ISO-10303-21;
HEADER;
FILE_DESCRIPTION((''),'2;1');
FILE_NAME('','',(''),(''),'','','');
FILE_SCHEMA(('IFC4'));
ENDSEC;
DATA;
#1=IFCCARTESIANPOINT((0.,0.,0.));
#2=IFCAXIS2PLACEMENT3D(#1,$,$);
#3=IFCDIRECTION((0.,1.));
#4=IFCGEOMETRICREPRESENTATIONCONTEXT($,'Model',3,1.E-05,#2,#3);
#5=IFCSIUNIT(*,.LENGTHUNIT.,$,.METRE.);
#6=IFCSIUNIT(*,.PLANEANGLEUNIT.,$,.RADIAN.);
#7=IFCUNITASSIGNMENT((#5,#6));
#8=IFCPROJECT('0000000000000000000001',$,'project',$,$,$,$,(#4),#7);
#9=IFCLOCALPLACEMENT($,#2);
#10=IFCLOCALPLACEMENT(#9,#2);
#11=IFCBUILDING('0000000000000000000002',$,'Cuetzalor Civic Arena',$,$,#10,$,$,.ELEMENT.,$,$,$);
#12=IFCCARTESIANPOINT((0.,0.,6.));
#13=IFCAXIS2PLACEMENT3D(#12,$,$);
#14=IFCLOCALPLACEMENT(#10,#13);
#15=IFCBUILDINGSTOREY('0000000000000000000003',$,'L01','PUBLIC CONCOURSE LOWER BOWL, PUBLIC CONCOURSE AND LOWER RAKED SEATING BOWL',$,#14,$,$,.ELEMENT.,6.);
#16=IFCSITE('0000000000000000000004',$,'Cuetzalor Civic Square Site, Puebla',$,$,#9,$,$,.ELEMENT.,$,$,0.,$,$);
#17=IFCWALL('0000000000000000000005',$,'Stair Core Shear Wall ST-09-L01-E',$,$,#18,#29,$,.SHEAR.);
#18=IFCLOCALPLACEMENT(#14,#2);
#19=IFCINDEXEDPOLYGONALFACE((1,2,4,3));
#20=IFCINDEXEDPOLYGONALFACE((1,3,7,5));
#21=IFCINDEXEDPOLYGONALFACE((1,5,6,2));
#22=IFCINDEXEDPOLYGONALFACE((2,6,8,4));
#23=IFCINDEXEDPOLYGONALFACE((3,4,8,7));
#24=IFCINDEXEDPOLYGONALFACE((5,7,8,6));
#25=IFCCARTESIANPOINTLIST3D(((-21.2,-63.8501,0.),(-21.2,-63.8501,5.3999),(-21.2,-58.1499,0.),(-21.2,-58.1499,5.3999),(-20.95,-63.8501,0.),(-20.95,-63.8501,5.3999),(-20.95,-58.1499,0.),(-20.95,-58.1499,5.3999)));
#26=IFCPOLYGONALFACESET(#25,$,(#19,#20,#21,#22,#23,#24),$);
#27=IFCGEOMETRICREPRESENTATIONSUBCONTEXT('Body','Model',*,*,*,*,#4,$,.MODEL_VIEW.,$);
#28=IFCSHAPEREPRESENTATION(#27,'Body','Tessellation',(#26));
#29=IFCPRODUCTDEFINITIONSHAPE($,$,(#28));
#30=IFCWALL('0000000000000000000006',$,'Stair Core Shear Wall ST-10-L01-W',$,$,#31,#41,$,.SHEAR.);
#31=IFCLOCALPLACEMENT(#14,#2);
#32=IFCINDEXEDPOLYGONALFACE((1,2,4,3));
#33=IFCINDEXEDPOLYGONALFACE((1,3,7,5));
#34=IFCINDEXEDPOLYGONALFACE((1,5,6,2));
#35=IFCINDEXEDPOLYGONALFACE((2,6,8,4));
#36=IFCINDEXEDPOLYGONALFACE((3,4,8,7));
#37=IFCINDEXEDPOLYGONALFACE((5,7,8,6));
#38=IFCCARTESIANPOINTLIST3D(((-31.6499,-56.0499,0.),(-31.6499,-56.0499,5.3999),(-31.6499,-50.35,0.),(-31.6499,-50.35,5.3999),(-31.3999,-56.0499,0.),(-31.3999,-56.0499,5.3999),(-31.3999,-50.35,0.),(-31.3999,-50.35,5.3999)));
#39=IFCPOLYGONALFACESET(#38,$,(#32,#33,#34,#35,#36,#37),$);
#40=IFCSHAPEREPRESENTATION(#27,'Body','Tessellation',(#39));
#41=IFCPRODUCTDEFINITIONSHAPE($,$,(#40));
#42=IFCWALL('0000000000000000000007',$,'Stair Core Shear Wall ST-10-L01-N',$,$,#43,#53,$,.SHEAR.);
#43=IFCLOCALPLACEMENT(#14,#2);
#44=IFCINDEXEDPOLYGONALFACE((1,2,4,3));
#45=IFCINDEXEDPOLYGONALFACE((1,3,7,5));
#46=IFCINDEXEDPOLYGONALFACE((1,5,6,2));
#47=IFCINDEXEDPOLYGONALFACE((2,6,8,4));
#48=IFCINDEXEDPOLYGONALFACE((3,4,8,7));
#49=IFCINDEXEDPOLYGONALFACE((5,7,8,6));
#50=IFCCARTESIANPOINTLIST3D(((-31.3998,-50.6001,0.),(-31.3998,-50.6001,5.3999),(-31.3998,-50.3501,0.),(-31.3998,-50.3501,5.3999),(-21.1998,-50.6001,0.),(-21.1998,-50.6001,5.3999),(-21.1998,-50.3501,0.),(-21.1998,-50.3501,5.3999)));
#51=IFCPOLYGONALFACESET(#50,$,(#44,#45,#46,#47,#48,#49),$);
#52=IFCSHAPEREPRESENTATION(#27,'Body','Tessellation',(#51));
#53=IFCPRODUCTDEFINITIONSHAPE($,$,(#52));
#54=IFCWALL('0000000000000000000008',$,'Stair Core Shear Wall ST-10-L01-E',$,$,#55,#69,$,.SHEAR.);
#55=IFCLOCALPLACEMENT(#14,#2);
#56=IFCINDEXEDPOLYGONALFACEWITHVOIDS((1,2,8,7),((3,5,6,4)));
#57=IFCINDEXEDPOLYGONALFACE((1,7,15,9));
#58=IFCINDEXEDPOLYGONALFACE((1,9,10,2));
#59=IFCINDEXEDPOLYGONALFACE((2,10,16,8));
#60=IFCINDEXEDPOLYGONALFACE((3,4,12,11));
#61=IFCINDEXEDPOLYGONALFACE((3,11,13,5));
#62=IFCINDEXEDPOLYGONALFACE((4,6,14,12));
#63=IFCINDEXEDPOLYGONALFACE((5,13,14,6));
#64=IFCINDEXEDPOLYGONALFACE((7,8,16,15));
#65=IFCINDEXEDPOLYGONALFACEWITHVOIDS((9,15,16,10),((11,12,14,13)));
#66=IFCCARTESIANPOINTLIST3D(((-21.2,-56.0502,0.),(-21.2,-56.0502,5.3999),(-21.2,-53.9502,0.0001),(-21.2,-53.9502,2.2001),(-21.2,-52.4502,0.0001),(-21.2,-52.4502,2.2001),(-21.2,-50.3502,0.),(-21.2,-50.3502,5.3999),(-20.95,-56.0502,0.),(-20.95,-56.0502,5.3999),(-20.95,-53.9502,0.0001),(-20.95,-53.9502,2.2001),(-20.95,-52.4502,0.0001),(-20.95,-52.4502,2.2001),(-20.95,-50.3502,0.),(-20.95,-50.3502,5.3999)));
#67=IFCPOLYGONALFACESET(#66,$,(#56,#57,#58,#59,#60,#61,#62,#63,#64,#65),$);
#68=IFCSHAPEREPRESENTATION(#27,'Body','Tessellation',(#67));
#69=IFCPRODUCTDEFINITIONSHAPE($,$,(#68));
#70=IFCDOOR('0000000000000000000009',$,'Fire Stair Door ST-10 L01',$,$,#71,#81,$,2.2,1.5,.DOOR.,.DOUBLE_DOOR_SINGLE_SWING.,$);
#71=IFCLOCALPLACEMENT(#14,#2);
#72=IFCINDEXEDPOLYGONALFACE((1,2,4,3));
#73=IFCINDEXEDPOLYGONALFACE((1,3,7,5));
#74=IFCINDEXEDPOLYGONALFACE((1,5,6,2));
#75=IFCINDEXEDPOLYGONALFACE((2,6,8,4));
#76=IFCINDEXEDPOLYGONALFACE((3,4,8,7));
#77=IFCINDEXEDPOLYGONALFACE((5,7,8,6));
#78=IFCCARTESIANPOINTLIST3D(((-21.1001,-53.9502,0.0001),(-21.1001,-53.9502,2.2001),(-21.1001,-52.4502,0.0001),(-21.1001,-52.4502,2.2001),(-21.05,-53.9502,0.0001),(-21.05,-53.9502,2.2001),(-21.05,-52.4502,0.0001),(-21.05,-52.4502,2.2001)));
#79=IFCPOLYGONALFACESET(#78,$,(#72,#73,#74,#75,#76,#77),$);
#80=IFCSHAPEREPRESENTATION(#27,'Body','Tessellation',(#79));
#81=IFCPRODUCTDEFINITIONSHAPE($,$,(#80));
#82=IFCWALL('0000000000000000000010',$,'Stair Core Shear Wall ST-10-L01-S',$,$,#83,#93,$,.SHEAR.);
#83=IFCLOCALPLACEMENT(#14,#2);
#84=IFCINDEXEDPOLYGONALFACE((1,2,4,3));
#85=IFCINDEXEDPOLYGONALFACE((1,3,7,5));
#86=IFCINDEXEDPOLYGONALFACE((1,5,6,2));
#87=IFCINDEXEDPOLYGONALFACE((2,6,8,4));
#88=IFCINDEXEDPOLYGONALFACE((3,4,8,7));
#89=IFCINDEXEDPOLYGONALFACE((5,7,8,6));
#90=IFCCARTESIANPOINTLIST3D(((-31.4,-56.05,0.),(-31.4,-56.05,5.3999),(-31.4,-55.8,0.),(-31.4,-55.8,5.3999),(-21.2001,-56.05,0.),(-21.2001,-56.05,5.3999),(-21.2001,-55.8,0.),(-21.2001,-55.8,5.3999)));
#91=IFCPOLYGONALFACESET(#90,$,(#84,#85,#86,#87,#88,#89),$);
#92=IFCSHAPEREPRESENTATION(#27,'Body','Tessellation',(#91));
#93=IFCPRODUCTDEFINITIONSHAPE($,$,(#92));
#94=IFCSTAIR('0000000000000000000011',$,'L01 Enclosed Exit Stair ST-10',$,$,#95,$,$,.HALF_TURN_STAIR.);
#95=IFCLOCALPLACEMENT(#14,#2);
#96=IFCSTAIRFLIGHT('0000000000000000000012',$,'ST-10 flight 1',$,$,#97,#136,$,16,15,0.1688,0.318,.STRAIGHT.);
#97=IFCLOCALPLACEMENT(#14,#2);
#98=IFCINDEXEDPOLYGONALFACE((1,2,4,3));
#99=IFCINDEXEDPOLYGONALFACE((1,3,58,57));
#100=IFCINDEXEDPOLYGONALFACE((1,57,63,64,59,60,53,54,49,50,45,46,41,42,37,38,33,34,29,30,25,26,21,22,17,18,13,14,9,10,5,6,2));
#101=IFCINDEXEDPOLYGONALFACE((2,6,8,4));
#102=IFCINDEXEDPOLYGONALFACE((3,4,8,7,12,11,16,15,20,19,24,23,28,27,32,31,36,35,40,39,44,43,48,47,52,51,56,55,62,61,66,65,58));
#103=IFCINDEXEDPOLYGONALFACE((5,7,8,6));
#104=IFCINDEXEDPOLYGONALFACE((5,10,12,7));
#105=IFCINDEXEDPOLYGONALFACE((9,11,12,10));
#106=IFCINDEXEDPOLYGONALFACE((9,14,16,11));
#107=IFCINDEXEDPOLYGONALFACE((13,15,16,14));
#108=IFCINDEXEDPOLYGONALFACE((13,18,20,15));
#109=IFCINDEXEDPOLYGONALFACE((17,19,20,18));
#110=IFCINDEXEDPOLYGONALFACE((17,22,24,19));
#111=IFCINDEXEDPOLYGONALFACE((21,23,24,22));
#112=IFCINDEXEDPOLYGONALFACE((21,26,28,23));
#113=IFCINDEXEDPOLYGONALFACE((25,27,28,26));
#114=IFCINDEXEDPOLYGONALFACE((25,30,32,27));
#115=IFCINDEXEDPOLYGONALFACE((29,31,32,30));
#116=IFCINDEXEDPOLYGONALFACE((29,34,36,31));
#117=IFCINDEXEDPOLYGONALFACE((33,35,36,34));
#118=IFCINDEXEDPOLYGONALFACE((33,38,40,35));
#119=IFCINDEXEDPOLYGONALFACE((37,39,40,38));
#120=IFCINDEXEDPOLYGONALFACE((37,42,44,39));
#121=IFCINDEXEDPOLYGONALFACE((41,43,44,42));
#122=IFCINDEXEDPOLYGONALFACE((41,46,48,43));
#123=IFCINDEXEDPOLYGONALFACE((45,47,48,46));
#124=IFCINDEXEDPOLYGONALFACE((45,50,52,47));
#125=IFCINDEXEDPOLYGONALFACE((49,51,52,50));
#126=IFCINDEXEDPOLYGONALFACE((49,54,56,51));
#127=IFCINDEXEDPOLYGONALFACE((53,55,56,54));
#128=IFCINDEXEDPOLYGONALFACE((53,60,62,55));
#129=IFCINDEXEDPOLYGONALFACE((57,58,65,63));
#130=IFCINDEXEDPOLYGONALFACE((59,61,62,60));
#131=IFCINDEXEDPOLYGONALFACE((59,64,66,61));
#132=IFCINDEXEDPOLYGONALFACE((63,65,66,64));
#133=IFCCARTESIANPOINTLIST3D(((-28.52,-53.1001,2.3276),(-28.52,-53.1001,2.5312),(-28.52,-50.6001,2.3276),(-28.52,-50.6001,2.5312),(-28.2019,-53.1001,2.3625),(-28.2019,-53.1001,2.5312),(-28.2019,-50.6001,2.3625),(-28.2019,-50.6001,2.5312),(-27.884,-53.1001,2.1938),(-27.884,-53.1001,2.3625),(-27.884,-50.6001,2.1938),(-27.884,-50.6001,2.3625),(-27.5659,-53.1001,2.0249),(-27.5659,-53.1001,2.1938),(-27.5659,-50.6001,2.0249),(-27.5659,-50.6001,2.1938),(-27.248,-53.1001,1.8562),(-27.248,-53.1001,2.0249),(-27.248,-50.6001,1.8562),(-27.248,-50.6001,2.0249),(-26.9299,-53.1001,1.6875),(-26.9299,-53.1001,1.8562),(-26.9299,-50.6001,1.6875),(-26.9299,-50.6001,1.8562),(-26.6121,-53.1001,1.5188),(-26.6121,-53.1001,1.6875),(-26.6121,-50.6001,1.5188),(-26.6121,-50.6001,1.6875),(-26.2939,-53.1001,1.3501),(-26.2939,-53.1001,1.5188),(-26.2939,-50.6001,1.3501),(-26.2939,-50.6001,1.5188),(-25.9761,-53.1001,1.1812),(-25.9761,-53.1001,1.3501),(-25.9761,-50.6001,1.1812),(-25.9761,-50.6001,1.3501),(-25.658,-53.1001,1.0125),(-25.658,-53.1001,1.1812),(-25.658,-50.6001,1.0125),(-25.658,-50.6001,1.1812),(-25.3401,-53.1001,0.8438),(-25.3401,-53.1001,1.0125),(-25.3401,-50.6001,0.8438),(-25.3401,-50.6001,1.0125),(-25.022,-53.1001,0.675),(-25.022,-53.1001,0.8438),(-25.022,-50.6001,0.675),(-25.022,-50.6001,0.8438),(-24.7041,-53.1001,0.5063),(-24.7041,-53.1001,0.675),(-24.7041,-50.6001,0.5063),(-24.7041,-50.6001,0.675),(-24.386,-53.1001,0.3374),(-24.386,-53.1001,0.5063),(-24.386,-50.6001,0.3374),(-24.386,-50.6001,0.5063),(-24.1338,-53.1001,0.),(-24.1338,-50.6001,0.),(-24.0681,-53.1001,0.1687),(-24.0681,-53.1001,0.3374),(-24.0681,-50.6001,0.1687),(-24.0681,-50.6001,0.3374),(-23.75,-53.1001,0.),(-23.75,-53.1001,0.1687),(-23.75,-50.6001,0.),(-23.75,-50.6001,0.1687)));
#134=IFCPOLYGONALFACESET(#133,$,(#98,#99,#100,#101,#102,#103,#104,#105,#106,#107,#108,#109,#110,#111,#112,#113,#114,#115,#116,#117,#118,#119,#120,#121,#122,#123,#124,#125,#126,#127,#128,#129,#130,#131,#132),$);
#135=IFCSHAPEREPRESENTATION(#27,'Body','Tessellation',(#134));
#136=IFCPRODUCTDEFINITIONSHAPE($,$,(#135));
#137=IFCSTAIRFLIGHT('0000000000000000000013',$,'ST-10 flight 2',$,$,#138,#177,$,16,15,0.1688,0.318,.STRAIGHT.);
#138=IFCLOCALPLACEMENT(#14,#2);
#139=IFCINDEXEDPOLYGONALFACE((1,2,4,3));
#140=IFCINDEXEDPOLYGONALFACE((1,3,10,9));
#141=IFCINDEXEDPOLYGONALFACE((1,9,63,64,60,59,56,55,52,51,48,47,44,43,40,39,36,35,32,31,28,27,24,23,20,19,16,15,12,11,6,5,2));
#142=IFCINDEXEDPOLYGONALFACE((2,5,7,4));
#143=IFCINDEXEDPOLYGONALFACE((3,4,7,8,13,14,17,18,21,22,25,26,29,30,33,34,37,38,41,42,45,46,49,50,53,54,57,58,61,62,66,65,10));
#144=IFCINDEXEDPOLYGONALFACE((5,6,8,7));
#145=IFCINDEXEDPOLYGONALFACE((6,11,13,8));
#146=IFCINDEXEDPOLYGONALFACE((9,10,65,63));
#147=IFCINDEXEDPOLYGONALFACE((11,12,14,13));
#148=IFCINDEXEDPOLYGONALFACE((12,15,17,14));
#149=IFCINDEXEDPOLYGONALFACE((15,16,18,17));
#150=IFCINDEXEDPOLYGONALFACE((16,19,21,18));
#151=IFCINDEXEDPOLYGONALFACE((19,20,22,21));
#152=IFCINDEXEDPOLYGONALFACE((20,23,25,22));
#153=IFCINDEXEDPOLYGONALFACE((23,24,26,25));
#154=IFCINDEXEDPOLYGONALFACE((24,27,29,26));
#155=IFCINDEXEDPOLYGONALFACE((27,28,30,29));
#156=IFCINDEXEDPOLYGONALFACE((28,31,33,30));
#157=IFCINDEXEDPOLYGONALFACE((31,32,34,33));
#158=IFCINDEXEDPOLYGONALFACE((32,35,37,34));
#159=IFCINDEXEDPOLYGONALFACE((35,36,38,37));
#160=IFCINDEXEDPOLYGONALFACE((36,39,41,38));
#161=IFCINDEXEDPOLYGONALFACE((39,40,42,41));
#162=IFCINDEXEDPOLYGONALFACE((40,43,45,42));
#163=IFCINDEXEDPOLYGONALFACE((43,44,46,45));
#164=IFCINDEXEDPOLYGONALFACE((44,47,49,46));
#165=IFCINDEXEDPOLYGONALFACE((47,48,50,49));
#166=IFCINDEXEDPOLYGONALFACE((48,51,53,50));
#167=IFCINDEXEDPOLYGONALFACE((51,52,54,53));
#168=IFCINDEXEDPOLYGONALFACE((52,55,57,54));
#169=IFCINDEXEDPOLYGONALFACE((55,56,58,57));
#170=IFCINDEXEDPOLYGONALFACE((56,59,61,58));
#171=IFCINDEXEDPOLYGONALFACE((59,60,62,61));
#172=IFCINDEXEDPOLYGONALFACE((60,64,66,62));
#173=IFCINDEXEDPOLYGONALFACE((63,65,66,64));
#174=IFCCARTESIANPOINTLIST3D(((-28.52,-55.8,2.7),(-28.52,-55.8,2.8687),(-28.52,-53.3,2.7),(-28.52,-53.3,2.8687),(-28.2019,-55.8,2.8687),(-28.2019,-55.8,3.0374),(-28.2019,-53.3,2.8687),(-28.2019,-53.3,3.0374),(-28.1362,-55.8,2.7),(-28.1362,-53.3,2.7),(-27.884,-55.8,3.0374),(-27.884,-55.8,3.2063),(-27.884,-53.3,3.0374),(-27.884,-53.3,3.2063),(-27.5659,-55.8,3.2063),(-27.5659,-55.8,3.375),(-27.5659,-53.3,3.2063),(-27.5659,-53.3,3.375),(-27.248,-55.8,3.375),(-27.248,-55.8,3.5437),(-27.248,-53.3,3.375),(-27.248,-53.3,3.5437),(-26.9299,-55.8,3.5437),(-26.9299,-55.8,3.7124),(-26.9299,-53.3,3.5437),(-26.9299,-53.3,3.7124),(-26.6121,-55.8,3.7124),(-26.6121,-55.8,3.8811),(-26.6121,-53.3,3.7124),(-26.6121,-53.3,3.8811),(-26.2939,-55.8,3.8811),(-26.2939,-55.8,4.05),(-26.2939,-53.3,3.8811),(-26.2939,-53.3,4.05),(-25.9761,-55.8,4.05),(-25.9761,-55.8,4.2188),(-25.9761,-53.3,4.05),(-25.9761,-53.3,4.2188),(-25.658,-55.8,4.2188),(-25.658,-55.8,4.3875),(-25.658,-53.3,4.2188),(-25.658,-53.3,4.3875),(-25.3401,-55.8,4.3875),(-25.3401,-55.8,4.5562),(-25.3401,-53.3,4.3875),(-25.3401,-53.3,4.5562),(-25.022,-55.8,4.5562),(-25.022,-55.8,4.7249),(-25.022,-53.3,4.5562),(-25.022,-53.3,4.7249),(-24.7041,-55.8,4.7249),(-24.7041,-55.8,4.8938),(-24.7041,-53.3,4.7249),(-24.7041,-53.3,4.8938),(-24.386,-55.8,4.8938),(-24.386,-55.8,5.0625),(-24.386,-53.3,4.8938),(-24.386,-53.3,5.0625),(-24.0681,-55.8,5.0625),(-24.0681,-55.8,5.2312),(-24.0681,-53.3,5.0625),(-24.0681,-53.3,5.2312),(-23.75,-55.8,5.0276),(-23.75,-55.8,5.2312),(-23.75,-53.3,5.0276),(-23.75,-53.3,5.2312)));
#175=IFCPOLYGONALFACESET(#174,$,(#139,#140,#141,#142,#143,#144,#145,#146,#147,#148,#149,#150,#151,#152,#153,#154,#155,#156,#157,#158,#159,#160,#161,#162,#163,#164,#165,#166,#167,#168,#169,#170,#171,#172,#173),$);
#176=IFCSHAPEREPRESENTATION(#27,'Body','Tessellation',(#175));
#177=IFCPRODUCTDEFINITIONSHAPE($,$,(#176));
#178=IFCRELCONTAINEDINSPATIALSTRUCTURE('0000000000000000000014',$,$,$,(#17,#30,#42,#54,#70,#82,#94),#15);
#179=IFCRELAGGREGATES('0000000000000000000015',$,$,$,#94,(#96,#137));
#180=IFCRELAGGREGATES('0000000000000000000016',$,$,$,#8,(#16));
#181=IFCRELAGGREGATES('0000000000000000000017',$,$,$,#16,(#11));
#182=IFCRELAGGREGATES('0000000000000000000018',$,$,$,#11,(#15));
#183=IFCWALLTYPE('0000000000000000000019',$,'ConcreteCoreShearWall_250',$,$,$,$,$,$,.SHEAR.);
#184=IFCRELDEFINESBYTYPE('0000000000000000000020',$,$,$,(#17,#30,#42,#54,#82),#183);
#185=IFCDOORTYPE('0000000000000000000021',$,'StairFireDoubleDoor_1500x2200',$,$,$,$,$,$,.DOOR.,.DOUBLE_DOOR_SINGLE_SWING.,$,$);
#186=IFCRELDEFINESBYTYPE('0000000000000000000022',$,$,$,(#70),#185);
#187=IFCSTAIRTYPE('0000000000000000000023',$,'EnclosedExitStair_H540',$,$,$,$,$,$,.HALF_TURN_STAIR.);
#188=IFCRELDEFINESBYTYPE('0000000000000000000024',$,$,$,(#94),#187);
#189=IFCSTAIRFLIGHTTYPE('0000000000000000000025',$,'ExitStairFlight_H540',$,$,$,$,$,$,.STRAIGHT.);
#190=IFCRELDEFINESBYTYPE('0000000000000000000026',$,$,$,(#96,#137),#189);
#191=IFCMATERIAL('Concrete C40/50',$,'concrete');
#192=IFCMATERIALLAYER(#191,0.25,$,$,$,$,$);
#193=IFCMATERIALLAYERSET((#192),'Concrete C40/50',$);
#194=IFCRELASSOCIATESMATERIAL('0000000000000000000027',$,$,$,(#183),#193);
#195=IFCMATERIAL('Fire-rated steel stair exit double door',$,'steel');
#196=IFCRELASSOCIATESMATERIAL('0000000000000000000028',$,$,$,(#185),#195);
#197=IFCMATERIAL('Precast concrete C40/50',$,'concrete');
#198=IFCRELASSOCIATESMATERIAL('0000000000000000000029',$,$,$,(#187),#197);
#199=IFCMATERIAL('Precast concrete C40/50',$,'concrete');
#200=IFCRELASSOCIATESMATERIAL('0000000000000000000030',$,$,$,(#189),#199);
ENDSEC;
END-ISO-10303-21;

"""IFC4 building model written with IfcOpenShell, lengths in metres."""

from ifc_helpers import new_model, si_unit, direction, frame, frame_2d, origin, place, context, subcontext, project, spatial, polyline, rectangle, outline, extrude, material, layer, layer_set, type_object, element, fill, aggregate, save


model = new_model("IFC4")

# Units and contexts
model_context = context("Model", 3, precision=1e-05, world=origin(), true_north=direction((0.0, 1.0)))
body_context = subcontext(model_context, "Body", "Model", "MODEL_VIEW")
ifc_project = project(units=[si_unit("LENGTHUNIT", "METRE"), si_unit("PLANEANGLEUNIT", "RADIAN")], contexts=[model_context])

# Site, building, storey
site_placement = place(None, origin())
site = spatial("IfcSite", under=ifc_project, at=site_placement, Name="Cuetzalor Civic Square Site, Puebla", CompositionType="ELEMENT", RefElevation=0.0)
building_placement = place(site_placement, origin())
building = spatial("IfcBuilding", under=site, at=building_placement, Name="Cuetzalor Civic Arena", CompositionType="ELEMENT")
storey_placement = place(building_placement, frame((0.0, 0.0, 6.0)))
storey = spatial("IfcBuildingStorey", under=building, at=storey_placement, Name="L01", Description="PUBLIC CONCOURSE LOWER BOWL, PUBLIC CONCOURSE AND LOWER RAKED SEATING BOWL", CompositionType="ELEMENT", Elevation=6.0)

# Walls
ifc_material_1 = material(Name="Concrete C40/50", Category="concrete")
ifc_layer_1 = layer(ifc_material_1, 0.25)
ifc_layer_set_1 = layer_set([ifc_layer_1], Name="Concrete C40/50")
wall_type_1 = type_object("IfcWallType", Name="ConcreteCoreShearWall_250", PredefinedType="SHEAR", material=ifc_layer_set_1)
wall_1_placement = place(storey_placement, frame((-21.075, -58.1499, 0.0), z_axis=(0.0, 0.0, 1.0), x_axis=(0.0, -1.0, 0.0)))
element("IfcWall", 1, at=wall_1_placement, inside=storey, type_object=wall_type_1, Name="Stair Core Shear Wall ST-09-L01-E", PredefinedType="SHEAR", context=body_context, shape_type="SweptSolid", body=[
    extrude(rectangle(XDim=5.7002, YDim=0.25, at=frame_2d((2.8501, 0.0))), origin(), (0.0, 0.0, 1.0), 5.3999),
])
wall_2_placement = place(storey_placement, frame((-31.5249, -56.05, 0.0), z_axis=(0.0, 0.0, 1.0), x_axis=(0.0, 1.0, 0.0)))
element("IfcWall", 2, at=wall_2_placement, inside=storey, type_object=wall_type_1, Name="Stair Core Shear Wall ST-10-L01-W", PredefinedType="SHEAR", context=body_context, shape_type="SweptSolid", body=[
    extrude(rectangle(XDim=5.7, YDim=0.25, at=frame_2d((2.8501, 0.0))), origin(), (0.0, 0.0, 1.0), 5.3999),
])
wall_3_placement = place(storey_placement, frame((-31.3999, -50.4751, 0.0), z_axis=(0.0, 0.0, 1.0), x_axis=(1.0, 0.0, 0.0)))
element("IfcWall", 3, at=wall_3_placement, inside=storey, type_object=wall_type_1, Name="Stair Core Shear Wall ST-10-L01-N", PredefinedType="SHEAR", context=body_context, shape_type="SweptSolid", body=[
    extrude(rectangle(XDim=10.2, YDim=0.25, at=frame_2d((5.1001, 0.0))), origin(), (0.0, 0.0, 1.0), 5.3999),
])

# Wall, opening, door
wall_4_placement = place(storey_placement, frame((-21.075, -50.3501, 0.0), z_axis=(0.0, 0.0, 1.0), x_axis=(0.0, -1.0, 0.0)))
wall_4 = element("IfcWall", 4, at=wall_4_placement, inside=storey, type_object=wall_type_1, Name="Stair Core Shear Wall ST-10-L01-E", PredefinedType="SHEAR", context=body_context, shape_type="SweptSolid", body=[
    extrude(rectangle(XDim=5.7, YDim=0.25, at=frame_2d((2.8501, 0.0))), origin(), (0.0, 0.0, 1.0), 5.3999),
])
opening_1_placement = place(wall_4_placement, frame((2.1001, 0.0, 0.0)))
opening_1 = element("IfcOpeningElement", 5, at=opening_1_placement, cuts=wall_4, PredefinedType="OPENING", context=body_context, shape_type="SweptSolid", body=[
    extrude(rectangle(XDim=1.5, YDim=2.2, at=frame_2d((0.75, 1.1001))), frame((0.0, 0.135, 0.0), z_axis=(0.0, -1.0, 0.0), x_axis=(1.0, 0.0, 0.0)), (0.0, 0.0, 1.0), 0.27),
])
ifc_material_2 = material(Name="Fire-rated steel stair exit double door", Category="steel")
door_type_1 = type_object("IfcDoorType", Name="StairFireDoubleDoor_1500x2200", OperationType="DOUBLE_DOOR_SINGLE_SWING", PredefinedType="DOOR", material=ifc_material_2)
door_1_placement = place(opening_1_placement, origin())
door_1 = element("IfcDoor", 6, at=door_1_placement, inside=storey, type_object=door_type_1, Name="Fire Stair Door ST-10 L01", OperationType="DOUBLE_DOOR_SINGLE_SWING", OverallHeight=2.2, OverallWidth=1.5, PredefinedType="DOOR", context=body_context, shape_type="SweptSolid", body=[
    extrude(rectangle(XDim=1.5, YDim=2.2, at=frame_2d((0.75, 1.1001))), frame((0.0, 0.0249, 0.0), z_axis=(0.0, -1.0, 0.0), x_axis=(1.0, 0.0, 0.0)), (0.0, 0.0, 1.0), 0.05),
])
fill(opening_1, door_1)

# Wall
wall_5_placement = place(storey_placement, frame((-21.2, -55.925, 0.0), z_axis=(0.0, 0.0, 1.0), x_axis=(-1.0, 0.0, 0.0)))
element("IfcWall", 7, at=wall_5_placement, inside=storey, type_object=wall_type_1, Name="Stair Core Shear Wall ST-10-L01-S", PredefinedType="SHEAR", context=body_context, shape_type="SweptSolid", body=[
    extrude(rectangle(XDim=10.2, YDim=0.25, at=frame_2d((5.1001, 0.0))), origin(), (0.0, 0.0, 1.0), 5.3999),
])

# Stair, stair flights
ifc_material_3 = material(Name="Precast concrete C40/50", Category="concrete")
stair_type = type_object("IfcStairType", Name="EnclosedExitStair_H540", PredefinedType="HALF_TURN_STAIR", material=ifc_material_3)
stair_placement = place(storey_placement, origin())
stair = element("IfcStair", 8, at=stair_placement, inside=storey, type_object=stair_type, Name="L01 Enclosed Exit Stair ST-10", PredefinedType="HALF_TURN_STAIR")
ifc_material_4 = material(Name="Precast concrete C40/50", Category="concrete")
stair_flight_type = type_object("IfcStairFlightType", Name="ExitStairFlight_H540", PredefinedType="STRAIGHT", material=ifc_material_4)
stair_flight_1_placement = place(storey_placement, frame((-23.75, -51.8501, 0.0), z_axis=(0.0, 0.0, 1.0), x_axis=(-1.0, 0.0, 0.0)))
stair_flight_1 = element("IfcStairFlight", 9, at=stair_flight_1_placement, type_object=stair_flight_type, Name="ST-10 flight 1", NumberOfRisers=16, NumberOfTreads=15, PredefinedType="STRAIGHT", RiserHeight=0.1688, TreadLength=0.318, context=body_context, shape_type="SweptSolid", body=[
    extrude(outline(polyline([(0.0, 0.0), (0.0, 0.1687), (0.3181, 0.1687), (0.3181, 0.3374), (0.636, 0.3374), (0.636, 0.5063), (0.9541, 0.5063), (0.9541, 0.675), (1.272, 0.675), (1.272, 0.8438), (1.5901, 0.8438), (1.5901, 1.0125), (1.908, 1.0125), (1.908, 1.1812), (2.2261, 1.1812), (2.2261, 1.3501), (2.5439, 1.3501), (2.5439, 1.5188), (2.8621, 1.5188), (2.8621, 1.6875), (3.1799, 1.6875), (3.1799, 1.8562), (3.498, 1.8562), (3.498, 2.0249), (3.8159, 2.0249), (3.8159, 2.1938), (4.134, 2.1938), (4.134, 2.3625), (4.4519, 2.3625), (4.4519, 2.5312), (4.77, 2.5312), (4.77, 2.7), (4.77, 2.3276), (0.3838, 0.0), (0.0, 0.0)])), frame((0.0, 1.25, 0.0), z_axis=(0.0, -1.0, 0.0), x_axis=(1.0, 0.0, 0.0)), (0.0, 0.0, 1.0), 2.5),
])
stair_flight_2_placement = place(storey_placement, frame((-28.52, -54.55, 2.7), z_axis=(0.0, 0.0, 1.0), x_axis=(1.0, 0.0, 0.0)))
stair_flight_2 = element("IfcStairFlight", 10, at=stair_flight_2_placement, type_object=stair_flight_type, Name="ST-10 flight 2", NumberOfRisers=16, NumberOfTreads=15, PredefinedType="STRAIGHT", RiserHeight=0.1688, TreadLength=0.318, context=body_context, shape_type="SweptSolid", body=[
    extrude(outline(polyline([(0.0, 0.0), (0.0, 0.1687), (0.3181, 0.1687), (0.3181, 0.3374), (0.636, 0.3374), (0.636, 0.5063), (0.9541, 0.5063), (0.9541, 0.675), (1.272, 0.675), (1.272, 0.8438), (1.5901, 0.8438), (1.5901, 1.0125), (1.908, 1.0125), (1.908, 1.1812), (2.2261, 1.1812), (2.2261, 1.3501), (2.5439, 1.3501), (2.5439, 1.5188), (2.8621, 1.5188), (2.8621, 1.6875), (3.1799, 1.6875), (3.1799, 1.8562), (3.498, 1.8562), (3.498, 2.0249), (3.8159, 2.0249), (3.8159, 2.1938), (4.134, 2.1938), (4.134, 2.3625), (4.4519, 2.3625), (4.4519, 2.5312), (4.77, 2.5312), (4.77, 2.7), (4.77, 2.3276), (0.3838, 0.0), (0.0, 0.0)])), frame((0.0, 1.25, 0.0), z_axis=(0.0, -1.0, 0.0), x_axis=(1.0, 0.0, 0.0)), (0.0, 0.0, 1.0), 2.5),
])
aggregate(stair, [stair_flight_1, stair_flight_2])

save(model, "model.ifc")
